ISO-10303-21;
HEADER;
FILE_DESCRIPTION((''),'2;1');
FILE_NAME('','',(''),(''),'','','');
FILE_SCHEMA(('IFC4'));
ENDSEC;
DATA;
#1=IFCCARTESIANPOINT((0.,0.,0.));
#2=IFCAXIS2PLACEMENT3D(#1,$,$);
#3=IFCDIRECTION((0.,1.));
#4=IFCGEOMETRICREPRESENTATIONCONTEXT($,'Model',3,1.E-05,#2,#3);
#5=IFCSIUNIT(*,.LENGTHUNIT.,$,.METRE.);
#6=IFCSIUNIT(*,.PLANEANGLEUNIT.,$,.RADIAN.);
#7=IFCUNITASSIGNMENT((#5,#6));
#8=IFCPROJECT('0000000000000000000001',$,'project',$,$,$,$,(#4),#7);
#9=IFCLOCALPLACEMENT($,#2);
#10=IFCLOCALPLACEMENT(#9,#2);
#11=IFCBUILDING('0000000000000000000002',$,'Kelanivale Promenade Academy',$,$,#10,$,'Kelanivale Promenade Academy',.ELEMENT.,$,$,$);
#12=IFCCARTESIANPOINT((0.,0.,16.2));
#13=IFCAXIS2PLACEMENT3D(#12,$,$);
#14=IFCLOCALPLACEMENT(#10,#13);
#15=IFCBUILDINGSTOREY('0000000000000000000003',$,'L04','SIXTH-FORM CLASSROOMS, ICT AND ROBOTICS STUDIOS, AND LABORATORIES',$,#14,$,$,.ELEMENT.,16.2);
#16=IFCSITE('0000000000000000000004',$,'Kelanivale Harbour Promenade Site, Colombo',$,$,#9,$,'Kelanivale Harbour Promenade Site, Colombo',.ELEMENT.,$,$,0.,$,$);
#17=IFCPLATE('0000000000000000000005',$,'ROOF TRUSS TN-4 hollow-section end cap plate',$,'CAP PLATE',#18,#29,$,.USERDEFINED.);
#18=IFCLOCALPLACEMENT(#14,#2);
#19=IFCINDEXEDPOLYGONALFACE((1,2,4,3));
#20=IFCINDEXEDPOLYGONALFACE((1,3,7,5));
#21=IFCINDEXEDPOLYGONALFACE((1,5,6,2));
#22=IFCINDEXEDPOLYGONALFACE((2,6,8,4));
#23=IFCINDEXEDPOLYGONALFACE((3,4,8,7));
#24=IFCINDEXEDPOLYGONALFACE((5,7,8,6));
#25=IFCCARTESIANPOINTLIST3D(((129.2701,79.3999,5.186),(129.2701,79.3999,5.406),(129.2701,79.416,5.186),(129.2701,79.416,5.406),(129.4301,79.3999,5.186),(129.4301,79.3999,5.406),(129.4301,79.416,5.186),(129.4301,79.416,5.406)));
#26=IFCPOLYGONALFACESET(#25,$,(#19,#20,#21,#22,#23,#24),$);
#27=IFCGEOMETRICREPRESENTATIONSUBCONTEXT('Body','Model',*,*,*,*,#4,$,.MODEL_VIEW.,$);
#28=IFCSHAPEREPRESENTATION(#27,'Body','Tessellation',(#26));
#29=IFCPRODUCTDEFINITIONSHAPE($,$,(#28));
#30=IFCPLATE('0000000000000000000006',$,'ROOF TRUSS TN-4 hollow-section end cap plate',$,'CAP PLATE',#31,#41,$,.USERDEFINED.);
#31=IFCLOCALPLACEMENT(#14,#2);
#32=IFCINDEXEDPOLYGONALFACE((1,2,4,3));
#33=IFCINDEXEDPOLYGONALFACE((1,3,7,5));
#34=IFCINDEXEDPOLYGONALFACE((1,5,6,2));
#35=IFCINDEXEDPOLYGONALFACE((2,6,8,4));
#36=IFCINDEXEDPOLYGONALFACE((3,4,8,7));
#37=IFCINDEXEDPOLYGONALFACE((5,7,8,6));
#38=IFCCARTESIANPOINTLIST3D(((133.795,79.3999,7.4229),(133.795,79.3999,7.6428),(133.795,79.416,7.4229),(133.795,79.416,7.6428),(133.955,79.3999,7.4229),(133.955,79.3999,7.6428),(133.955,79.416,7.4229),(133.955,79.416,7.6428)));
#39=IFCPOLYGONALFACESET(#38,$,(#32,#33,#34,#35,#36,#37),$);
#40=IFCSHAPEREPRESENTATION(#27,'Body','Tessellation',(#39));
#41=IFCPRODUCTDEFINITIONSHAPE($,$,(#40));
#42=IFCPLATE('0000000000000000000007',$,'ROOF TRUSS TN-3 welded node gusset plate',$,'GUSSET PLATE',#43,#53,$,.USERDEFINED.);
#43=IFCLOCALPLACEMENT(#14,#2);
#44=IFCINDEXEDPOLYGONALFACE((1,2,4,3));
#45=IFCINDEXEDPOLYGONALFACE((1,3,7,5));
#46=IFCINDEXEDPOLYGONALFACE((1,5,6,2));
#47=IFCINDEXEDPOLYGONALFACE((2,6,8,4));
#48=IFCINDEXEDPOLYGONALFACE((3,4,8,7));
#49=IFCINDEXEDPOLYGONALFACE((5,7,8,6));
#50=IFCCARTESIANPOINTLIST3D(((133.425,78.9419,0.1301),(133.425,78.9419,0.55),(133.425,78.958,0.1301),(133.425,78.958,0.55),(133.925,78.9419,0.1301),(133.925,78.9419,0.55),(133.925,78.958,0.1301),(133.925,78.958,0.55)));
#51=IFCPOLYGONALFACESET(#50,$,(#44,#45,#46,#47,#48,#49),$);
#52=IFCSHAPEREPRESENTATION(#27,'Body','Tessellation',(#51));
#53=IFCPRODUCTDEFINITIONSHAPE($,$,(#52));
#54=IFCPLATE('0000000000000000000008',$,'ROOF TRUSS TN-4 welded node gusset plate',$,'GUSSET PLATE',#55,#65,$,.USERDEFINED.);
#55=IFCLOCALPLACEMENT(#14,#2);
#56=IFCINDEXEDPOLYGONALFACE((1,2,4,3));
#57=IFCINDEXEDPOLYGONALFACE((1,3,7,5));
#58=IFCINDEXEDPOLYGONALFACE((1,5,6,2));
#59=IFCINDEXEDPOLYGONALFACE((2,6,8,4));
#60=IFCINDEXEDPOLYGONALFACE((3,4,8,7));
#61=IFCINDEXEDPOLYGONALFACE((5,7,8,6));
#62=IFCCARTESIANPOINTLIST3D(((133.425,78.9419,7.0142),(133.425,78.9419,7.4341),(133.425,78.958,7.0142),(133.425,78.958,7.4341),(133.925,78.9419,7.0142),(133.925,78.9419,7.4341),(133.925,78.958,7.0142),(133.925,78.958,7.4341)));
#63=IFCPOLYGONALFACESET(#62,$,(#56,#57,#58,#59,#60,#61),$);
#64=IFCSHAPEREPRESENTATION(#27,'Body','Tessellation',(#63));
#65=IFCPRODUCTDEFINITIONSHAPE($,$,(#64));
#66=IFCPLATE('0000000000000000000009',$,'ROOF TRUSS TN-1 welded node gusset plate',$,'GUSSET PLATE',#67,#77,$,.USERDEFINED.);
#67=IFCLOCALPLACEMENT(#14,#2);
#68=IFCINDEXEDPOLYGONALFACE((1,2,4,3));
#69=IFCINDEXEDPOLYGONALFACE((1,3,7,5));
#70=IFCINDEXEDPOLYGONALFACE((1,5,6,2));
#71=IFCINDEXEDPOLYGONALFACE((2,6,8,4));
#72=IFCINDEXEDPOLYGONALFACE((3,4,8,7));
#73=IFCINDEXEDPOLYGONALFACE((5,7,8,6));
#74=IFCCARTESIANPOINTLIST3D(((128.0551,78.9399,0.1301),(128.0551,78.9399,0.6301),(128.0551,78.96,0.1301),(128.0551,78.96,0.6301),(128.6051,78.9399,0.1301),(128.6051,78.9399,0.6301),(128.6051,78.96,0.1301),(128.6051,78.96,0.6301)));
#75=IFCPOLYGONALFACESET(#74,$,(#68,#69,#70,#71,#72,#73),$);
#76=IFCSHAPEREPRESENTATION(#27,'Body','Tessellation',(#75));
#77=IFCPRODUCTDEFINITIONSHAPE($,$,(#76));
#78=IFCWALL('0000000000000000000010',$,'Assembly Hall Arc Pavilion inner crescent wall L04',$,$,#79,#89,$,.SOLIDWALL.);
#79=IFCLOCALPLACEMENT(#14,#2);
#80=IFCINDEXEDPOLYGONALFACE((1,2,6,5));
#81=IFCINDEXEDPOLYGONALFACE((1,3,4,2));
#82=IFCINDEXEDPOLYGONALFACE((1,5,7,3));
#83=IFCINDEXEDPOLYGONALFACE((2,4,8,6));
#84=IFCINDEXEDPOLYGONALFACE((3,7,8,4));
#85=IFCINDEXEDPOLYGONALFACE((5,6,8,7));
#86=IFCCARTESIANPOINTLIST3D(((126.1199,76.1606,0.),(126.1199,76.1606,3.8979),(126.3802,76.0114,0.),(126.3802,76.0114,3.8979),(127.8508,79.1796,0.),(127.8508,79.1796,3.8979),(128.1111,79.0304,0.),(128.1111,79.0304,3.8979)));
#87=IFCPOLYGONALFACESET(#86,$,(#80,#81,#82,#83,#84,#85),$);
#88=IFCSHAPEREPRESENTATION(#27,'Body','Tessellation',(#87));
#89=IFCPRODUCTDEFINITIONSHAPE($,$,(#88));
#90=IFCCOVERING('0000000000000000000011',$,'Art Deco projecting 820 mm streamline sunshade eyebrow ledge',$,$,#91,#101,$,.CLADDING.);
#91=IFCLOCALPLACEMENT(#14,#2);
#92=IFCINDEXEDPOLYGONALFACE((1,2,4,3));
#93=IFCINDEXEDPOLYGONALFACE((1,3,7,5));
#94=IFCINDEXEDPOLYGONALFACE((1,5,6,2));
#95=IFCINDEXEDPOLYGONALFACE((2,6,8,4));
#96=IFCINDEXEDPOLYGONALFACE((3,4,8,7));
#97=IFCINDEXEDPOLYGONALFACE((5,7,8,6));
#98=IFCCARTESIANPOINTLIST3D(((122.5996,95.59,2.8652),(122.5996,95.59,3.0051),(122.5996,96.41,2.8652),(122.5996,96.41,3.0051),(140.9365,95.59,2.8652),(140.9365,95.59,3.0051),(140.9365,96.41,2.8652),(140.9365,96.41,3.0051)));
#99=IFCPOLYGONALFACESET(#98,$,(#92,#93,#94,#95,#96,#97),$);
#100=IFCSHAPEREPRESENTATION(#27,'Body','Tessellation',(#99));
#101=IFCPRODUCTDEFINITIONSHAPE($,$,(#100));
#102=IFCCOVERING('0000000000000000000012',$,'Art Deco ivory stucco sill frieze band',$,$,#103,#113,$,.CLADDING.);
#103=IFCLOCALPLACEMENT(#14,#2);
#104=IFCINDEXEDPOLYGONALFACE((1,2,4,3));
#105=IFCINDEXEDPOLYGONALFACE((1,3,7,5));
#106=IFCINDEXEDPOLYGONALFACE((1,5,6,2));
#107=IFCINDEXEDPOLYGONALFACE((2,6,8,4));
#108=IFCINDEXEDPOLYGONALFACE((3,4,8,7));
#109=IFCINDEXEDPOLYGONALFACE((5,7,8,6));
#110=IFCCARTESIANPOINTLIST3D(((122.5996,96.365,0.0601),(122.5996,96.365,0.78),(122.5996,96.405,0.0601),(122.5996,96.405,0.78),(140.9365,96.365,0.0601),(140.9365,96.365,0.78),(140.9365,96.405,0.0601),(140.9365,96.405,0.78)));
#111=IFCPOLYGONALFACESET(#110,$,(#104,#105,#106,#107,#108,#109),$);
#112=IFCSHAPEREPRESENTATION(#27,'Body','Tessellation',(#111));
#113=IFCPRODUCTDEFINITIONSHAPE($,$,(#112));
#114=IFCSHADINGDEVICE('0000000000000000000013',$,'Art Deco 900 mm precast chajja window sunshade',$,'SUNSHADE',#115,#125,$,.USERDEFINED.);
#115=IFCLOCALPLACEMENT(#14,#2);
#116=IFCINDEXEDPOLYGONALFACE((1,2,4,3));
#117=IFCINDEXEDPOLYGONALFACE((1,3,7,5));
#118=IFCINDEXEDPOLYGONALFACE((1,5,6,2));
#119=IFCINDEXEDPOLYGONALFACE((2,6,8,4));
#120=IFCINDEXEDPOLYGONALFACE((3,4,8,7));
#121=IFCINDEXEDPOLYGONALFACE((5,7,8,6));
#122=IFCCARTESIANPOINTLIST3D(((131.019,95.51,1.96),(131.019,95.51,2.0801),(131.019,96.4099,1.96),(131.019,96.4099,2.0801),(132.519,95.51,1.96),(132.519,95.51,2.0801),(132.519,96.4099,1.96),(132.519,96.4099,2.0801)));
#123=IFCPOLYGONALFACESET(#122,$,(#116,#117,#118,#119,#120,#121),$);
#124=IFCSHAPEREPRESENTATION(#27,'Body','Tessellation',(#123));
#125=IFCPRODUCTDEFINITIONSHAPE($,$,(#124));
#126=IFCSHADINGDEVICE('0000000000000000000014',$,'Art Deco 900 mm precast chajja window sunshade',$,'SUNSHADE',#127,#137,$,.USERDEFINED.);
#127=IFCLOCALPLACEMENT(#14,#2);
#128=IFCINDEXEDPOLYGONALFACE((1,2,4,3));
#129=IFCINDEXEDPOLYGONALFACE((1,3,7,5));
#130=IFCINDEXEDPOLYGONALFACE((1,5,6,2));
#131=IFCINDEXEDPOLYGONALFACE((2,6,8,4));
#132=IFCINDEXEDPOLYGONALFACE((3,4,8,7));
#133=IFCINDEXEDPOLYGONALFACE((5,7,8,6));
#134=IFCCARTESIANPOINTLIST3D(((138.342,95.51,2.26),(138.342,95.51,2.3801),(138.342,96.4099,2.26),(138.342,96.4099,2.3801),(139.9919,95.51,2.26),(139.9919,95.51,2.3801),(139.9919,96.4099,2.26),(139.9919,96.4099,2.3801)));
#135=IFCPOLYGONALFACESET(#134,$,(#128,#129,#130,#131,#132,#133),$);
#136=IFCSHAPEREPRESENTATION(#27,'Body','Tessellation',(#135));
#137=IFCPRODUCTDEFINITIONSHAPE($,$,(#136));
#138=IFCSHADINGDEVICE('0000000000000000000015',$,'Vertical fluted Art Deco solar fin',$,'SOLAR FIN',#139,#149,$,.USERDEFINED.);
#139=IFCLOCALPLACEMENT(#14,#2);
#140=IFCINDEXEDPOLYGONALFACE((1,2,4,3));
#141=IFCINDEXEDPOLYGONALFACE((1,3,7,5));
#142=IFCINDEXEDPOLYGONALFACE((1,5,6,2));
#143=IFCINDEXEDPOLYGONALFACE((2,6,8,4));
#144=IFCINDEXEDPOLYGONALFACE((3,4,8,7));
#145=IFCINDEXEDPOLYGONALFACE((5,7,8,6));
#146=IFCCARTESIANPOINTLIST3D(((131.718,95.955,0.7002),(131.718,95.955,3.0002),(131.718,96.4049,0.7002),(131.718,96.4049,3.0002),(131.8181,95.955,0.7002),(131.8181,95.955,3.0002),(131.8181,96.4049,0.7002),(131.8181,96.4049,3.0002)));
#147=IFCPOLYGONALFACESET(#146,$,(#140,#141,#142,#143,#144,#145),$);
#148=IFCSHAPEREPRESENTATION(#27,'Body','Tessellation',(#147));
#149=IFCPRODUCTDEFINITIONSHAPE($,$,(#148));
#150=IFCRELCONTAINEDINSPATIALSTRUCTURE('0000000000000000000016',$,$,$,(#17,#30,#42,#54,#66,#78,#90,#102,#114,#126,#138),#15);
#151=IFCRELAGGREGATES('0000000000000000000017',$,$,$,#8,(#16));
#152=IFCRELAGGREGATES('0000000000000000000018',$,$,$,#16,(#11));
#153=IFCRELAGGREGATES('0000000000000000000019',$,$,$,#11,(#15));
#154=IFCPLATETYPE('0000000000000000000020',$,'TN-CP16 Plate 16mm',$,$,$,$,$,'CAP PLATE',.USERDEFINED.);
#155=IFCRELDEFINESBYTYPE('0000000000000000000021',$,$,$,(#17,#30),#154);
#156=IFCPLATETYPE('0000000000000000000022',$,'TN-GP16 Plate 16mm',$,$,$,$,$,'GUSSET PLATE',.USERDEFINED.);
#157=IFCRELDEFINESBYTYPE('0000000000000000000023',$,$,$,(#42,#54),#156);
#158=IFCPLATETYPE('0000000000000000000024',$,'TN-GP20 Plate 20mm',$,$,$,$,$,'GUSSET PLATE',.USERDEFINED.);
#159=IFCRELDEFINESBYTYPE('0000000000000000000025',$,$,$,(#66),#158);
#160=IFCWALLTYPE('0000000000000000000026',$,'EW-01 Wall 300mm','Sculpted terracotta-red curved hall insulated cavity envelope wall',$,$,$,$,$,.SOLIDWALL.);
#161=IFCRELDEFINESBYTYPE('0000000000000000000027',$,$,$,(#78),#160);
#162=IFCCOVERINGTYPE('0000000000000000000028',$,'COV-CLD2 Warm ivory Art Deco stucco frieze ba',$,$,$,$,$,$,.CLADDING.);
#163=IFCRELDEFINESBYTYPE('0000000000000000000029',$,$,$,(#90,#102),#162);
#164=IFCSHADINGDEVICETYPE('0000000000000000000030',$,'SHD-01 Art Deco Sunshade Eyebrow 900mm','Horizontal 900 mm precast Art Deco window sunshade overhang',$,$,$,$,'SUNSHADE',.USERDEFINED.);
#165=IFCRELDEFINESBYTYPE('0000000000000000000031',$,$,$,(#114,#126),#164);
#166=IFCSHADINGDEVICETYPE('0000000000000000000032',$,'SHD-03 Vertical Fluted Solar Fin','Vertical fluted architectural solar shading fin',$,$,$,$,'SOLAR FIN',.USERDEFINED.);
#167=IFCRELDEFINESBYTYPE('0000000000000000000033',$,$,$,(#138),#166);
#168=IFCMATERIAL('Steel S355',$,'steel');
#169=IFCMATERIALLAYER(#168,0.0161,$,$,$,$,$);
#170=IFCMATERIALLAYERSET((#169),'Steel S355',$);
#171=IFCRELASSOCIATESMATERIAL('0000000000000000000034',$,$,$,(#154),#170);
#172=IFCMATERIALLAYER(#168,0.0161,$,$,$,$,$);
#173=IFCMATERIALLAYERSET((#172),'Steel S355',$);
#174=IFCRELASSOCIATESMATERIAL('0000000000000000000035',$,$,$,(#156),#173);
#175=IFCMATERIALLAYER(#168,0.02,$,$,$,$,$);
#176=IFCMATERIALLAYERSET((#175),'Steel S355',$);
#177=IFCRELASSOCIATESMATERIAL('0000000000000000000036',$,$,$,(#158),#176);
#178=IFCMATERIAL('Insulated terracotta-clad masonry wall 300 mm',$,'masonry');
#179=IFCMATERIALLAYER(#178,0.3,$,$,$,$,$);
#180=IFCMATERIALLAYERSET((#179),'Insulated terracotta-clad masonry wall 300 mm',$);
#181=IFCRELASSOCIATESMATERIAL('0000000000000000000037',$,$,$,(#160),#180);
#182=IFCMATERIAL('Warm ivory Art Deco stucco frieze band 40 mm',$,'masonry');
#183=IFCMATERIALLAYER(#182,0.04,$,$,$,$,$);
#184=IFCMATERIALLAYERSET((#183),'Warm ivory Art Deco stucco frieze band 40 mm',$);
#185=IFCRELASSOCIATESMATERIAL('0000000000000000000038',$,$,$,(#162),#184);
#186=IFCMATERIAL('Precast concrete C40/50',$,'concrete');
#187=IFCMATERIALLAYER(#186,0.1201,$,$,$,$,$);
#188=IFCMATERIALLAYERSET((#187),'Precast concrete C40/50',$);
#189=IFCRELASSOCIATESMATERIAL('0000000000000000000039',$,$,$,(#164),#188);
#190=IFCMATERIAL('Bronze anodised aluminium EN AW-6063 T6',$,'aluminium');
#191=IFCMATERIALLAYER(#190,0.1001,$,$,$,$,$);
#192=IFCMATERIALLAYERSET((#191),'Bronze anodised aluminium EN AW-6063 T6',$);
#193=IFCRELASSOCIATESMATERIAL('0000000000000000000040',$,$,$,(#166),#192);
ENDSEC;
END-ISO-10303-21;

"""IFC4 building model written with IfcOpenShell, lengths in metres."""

from ifc_helpers import new_model, si_unit, direction, frame, frame_2d, origin, origin_2d, place, context, subcontext, project, spatial, rectangle, extrude, material, layer, layer_set, type_object, element, save


model = new_model("IFC4")

# Units and contexts
model_context = context("Model", 3, precision=1e-05, world=origin(), true_north=direction((0.0, 1.0)))
body_context = subcontext(model_context, "Body", "Model", "MODEL_VIEW")
ifc_project = project(units=[si_unit("LENGTHUNIT", "METRE"), si_unit("PLANEANGLEUNIT", "RADIAN")], contexts=[model_context])

# Site, building, storey
site_placement = place(None, origin())
site = spatial("IfcSite", under=ifc_project, at=site_placement, Name="Kelanivale Harbour Promenade Site, Colombo", LongName="Kelanivale Harbour Promenade Site, Colombo", CompositionType="ELEMENT", RefElevation=0.0)
building_placement = place(site_placement, origin())
building = spatial("IfcBuilding", under=site, at=building_placement, Name="Kelanivale Promenade Academy", LongName="Kelanivale Promenade Academy", CompositionType="ELEMENT")
storey_placement = place(building_placement, frame((0.0, 0.0, 16.2)))
storey = spatial("IfcBuildingStorey", under=building, at=storey_placement, Name="L04", Description="SIXTH-FORM CLASSROOMS, ICT AND ROBOTICS STUDIOS, AND LABORATORIES", CompositionType="ELEMENT", Elevation=16.2)

# Shared definitions
ifc_material_1 = material(Name="Steel S355", Category="steel")

# Plates
ifc_layer_1 = layer(ifc_material_1, 0.0161)
ifc_layer_set_1 = layer_set([ifc_layer_1], Name="Steel S355")
plate_type_1 = type_object("IfcPlateType", Name="TN-CP16 Plate 16mm", ElementType="CAP PLATE", PredefinedType="USERDEFINED", material=ifc_layer_set_1)
for number, where, z_axis, x_axis, name in (
    (1, (129.3501, 79.408, 5.186), (0.0, 0.0, 1.0), (0.0, 1.0, 0.0), "ROOF TRUSS TN-4 hollow-section end cap plate"),
    (2, (133.875, 79.408, 7.4229), (0.0, 0.0, 1.0), (0.0, 1.0, 0.0), "ROOF TRUSS TN-4 hollow-section end cap plate"),
):
    element("IfcPlate", number, at=place(storey_placement, frame(where, z_axis=z_axis, x_axis=x_axis)), inside=storey, type_object=plate_type_1, Name=name, ObjectType="CAP PLATE", PredefinedType="USERDEFINED", context=body_context, shape_type="SweptSolid", body=[
        extrude(rectangle(XDim=0.0161, YDim=0.1599, at=origin_2d()), origin(), (0.0, 0.0, 1.0), 0.22),
    ])
ifc_layer_2 = layer(ifc_material_1, 0.0161)
ifc_layer_set_2 = layer_set([ifc_layer_2], Name="Steel S355")
plate_type_2 = type_object("IfcPlateType", Name="TN-GP16 Plate 16mm", ElementType="GUSSET PLATE", PredefinedType="USERDEFINED", material=ifc_layer_set_2)
for number, where, z_axis, x_axis, name in (
    (3, (133.675, 78.95, 0.1301), (0.0, 0.0, 1.0), (1.0, 0.0, 0.0), "ROOF TRUSS TN-3 welded node gusset plate"),
    (4, (133.675, 78.95, 7.0142), (0.0, 0.0, 1.0), (1.0, 0.0, 0.0), "ROOF TRUSS TN-4 welded node gusset plate"),
):
    element("IfcPlate", number, at=place(storey_placement, frame(where, z_axis=z_axis, x_axis=x_axis)), inside=storey, type_object=plate_type_2, Name=name, ObjectType="GUSSET PLATE", PredefinedType="USERDEFINED", context=body_context, shape_type="SweptSolid", body=[
        extrude(rectangle(XDim=0.5, YDim=0.0161, at=origin_2d()), origin(), (0.0, 0.0, 1.0), 0.4199),
    ])
ifc_layer_3 = layer(ifc_material_1, 0.02)
ifc_layer_set_3 = layer_set([ifc_layer_3], Name="Steel S355")
plate_type_3 = type_object("IfcPlateType", Name="TN-GP20 Plate 20mm", ElementType="GUSSET PLATE", PredefinedType="USERDEFINED", material=ifc_layer_set_3)
plate_placement = place(storey_placement, frame((128.3301, 78.95, 0.1301), z_axis=(0.0, 0.0, 1.0), x_axis=(1.0, 0.0, 0.0)))
element("IfcPlate", 5, at=plate_placement, inside=storey, type_object=plate_type_3, Name="ROOF TRUSS TN-1 welded node gusset plate", ObjectType="GUSSET PLATE", PredefinedType="USERDEFINED", context=body_context, shape_type="SweptSolid", body=[
    extrude(rectangle(XDim=0.55, YDim=0.02, at=origin_2d()), origin(), (0.0, 0.0, 1.0), 0.5),
])

# Wall
ifc_material_2 = material(Name="Insulated terracotta-clad masonry wall 300 mm", Category="masonry")
ifc_layer_4 = layer(ifc_material_2, 0.3)
ifc_layer_set_4 = layer_set([ifc_layer_4], Name="Insulated terracotta-clad masonry wall 300 mm")
wall_type = type_object("IfcWallType", Name="EW-01 Wall 300mm", Description="Sculpted terracotta-red curved hall insulated cavity envelope wall", PredefinedType="SOLIDWALL", material=ifc_layer_set_4)
wall_placement = place(storey_placement, frame((127.981, 79.105, 0.0), z_axis=(0.0, 0.0, 1.0), x_axis=(-0.497393, -0.867526, 0.0)))
element("IfcWall", 6, at=wall_placement, inside=storey, type_object=wall_type, Name="Assembly Hall Arc Pavilion inner crescent wall L04", PredefinedType="SOLIDWALL", context=body_context, shape_type="SweptSolid", body=[
    extrude(rectangle(XDim=3.48, YDim=0.3, at=frame_2d((1.74, 0.0))), origin(), (0.0, 0.0, 1.0), 3.8979),
])

# Coverings
ifc_material_3 = material(Name="Warm ivory Art Deco stucco frieze band 40 mm", Category="masonry")
ifc_layer_5 = layer(ifc_material_3, 0.04)
ifc_layer_set_5 = layer_set([ifc_layer_5], Name="Warm ivory Art Deco stucco frieze band 40 mm")
covering_type = type_object("IfcCoveringType", Name="COV-CLD2 Warm ivory Art Deco stucco frieze ba", PredefinedType="CLADDING", material=ifc_layer_set_5)
covering_1_placement = place(storey_placement, frame((131.7681, 96.0, 2.8652), z_axis=(0.0, 0.0, 1.0), x_axis=(1.0, 0.0, 0.0)))
element("IfcCovering", 7, at=covering_1_placement, inside=storey, type_object=covering_type, Name="Art Deco projecting 820 mm streamline sunshade eyebrow ledge", PredefinedType="CLADDING", context=body_context, shape_type="SweptSolid", body=[
    extrude(rectangle(XDim=18.3369, YDim=0.8201, at=origin_2d()), origin(), (0.0, 0.0, 1.0), 0.1399),
])
covering_2_placement = place(storey_placement, frame((131.7681, 96.385, 0.0601), z_axis=(0.0, 0.0, 1.0), x_axis=(1.0, 0.0, 0.0)))
element("IfcCovering", 8, at=covering_2_placement, inside=storey, type_object=covering_type, Name="Art Deco ivory stucco sill frieze band", PredefinedType="CLADDING", context=body_context, shape_type="SweptSolid", body=[
    extrude(rectangle(XDim=18.3369, YDim=0.04, at=origin_2d()), origin(), (0.0, 0.0, 1.0), 0.72),
])

# Shading devices
ifc_material_4 = material(Name="Precast concrete C40/50", Category="concrete")
ifc_layer_6 = layer(ifc_material_4, 0.1201)
ifc_layer_set_6 = layer_set([ifc_layer_6], Name="Precast concrete C40/50")
shading_device_type_1 = type_object("IfcShadingDeviceType", Name="SHD-01 Art Deco Sunshade Eyebrow 900mm", Description="Horizontal 900 mm precast Art Deco window sunshade overhang", ElementType="SUNSHADE", PredefinedType="USERDEFINED", material=ifc_layer_set_6)
shading_device_1_placement = place(storey_placement, frame((131.769, 95.96, 1.96), z_axis=(0.0, 0.0, 1.0), x_axis=(1.0, 0.0, 0.0)))
element("IfcShadingDevice", 9, at=shading_device_1_placement, inside=storey, type_object=shading_device_type_1, Name="Art Deco 900 mm precast chajja window sunshade", ObjectType="SUNSHADE", PredefinedType="USERDEFINED", context=body_context, shape_type="SweptSolid", body=[
    extrude(rectangle(XDim=1.5, YDim=0.8999, at=origin_2d()), origin(), (0.0, 0.0, 1.0), 0.1201),
])
shading_device_2_placement = place(storey_placement, frame((139.167, 95.96, 2.26), z_axis=(0.0, 0.0, 1.0), x_axis=(1.0, 0.0, 0.0)))
element("IfcShadingDevice", 10, at=shading_device_2_placement, inside=storey, type_object=shading_device_type_1, Name="Art Deco 900 mm precast chajja window sunshade", ObjectType="SUNSHADE", PredefinedType="USERDEFINED", context=body_context, shape_type="SweptSolid", body=[
    extrude(rectangle(XDim=1.6499, YDim=0.8999, at=origin_2d()), origin(), (0.0, 0.0, 1.0), 0.1201),
])
ifc_material_5 = material(Name="Bronze anodised aluminium EN AW-6063 T6", Category="aluminium")
ifc_layer_7 = layer(ifc_material_5, 0.1001)
ifc_layer_set_7 = layer_set([ifc_layer_7], Name="Bronze anodised aluminium EN AW-6063 T6")
shading_device_type_2 = type_object("IfcShadingDeviceType", Name="SHD-03 Vertical Fluted Solar Fin", Description="Vertical fluted architectural solar shading fin", ElementType="SOLAR FIN", PredefinedType="USERDEFINED", material=ifc_layer_set_7)
shading_device_3_placement = place(storey_placement, frame((131.7681, 96.1799, 0.7002), z_axis=(0.0, 0.0, 1.0), x_axis=(1.0, 0.0, 0.0)))
element("IfcShadingDevice", 11, at=shading_device_3_placement, inside=storey, type_object=shading_device_type_2, Name="Vertical fluted Art Deco solar fin", ObjectType="SOLAR FIN", PredefinedType="USERDEFINED", context=body_context, shape_type="SweptSolid", body=[
    extrude(rectangle(XDim=0.1001, YDim=0.45, at=origin_2d()), origin(), (0.0, 0.0, 1.0), 2.3),
])

save(model, "model.ifc")
